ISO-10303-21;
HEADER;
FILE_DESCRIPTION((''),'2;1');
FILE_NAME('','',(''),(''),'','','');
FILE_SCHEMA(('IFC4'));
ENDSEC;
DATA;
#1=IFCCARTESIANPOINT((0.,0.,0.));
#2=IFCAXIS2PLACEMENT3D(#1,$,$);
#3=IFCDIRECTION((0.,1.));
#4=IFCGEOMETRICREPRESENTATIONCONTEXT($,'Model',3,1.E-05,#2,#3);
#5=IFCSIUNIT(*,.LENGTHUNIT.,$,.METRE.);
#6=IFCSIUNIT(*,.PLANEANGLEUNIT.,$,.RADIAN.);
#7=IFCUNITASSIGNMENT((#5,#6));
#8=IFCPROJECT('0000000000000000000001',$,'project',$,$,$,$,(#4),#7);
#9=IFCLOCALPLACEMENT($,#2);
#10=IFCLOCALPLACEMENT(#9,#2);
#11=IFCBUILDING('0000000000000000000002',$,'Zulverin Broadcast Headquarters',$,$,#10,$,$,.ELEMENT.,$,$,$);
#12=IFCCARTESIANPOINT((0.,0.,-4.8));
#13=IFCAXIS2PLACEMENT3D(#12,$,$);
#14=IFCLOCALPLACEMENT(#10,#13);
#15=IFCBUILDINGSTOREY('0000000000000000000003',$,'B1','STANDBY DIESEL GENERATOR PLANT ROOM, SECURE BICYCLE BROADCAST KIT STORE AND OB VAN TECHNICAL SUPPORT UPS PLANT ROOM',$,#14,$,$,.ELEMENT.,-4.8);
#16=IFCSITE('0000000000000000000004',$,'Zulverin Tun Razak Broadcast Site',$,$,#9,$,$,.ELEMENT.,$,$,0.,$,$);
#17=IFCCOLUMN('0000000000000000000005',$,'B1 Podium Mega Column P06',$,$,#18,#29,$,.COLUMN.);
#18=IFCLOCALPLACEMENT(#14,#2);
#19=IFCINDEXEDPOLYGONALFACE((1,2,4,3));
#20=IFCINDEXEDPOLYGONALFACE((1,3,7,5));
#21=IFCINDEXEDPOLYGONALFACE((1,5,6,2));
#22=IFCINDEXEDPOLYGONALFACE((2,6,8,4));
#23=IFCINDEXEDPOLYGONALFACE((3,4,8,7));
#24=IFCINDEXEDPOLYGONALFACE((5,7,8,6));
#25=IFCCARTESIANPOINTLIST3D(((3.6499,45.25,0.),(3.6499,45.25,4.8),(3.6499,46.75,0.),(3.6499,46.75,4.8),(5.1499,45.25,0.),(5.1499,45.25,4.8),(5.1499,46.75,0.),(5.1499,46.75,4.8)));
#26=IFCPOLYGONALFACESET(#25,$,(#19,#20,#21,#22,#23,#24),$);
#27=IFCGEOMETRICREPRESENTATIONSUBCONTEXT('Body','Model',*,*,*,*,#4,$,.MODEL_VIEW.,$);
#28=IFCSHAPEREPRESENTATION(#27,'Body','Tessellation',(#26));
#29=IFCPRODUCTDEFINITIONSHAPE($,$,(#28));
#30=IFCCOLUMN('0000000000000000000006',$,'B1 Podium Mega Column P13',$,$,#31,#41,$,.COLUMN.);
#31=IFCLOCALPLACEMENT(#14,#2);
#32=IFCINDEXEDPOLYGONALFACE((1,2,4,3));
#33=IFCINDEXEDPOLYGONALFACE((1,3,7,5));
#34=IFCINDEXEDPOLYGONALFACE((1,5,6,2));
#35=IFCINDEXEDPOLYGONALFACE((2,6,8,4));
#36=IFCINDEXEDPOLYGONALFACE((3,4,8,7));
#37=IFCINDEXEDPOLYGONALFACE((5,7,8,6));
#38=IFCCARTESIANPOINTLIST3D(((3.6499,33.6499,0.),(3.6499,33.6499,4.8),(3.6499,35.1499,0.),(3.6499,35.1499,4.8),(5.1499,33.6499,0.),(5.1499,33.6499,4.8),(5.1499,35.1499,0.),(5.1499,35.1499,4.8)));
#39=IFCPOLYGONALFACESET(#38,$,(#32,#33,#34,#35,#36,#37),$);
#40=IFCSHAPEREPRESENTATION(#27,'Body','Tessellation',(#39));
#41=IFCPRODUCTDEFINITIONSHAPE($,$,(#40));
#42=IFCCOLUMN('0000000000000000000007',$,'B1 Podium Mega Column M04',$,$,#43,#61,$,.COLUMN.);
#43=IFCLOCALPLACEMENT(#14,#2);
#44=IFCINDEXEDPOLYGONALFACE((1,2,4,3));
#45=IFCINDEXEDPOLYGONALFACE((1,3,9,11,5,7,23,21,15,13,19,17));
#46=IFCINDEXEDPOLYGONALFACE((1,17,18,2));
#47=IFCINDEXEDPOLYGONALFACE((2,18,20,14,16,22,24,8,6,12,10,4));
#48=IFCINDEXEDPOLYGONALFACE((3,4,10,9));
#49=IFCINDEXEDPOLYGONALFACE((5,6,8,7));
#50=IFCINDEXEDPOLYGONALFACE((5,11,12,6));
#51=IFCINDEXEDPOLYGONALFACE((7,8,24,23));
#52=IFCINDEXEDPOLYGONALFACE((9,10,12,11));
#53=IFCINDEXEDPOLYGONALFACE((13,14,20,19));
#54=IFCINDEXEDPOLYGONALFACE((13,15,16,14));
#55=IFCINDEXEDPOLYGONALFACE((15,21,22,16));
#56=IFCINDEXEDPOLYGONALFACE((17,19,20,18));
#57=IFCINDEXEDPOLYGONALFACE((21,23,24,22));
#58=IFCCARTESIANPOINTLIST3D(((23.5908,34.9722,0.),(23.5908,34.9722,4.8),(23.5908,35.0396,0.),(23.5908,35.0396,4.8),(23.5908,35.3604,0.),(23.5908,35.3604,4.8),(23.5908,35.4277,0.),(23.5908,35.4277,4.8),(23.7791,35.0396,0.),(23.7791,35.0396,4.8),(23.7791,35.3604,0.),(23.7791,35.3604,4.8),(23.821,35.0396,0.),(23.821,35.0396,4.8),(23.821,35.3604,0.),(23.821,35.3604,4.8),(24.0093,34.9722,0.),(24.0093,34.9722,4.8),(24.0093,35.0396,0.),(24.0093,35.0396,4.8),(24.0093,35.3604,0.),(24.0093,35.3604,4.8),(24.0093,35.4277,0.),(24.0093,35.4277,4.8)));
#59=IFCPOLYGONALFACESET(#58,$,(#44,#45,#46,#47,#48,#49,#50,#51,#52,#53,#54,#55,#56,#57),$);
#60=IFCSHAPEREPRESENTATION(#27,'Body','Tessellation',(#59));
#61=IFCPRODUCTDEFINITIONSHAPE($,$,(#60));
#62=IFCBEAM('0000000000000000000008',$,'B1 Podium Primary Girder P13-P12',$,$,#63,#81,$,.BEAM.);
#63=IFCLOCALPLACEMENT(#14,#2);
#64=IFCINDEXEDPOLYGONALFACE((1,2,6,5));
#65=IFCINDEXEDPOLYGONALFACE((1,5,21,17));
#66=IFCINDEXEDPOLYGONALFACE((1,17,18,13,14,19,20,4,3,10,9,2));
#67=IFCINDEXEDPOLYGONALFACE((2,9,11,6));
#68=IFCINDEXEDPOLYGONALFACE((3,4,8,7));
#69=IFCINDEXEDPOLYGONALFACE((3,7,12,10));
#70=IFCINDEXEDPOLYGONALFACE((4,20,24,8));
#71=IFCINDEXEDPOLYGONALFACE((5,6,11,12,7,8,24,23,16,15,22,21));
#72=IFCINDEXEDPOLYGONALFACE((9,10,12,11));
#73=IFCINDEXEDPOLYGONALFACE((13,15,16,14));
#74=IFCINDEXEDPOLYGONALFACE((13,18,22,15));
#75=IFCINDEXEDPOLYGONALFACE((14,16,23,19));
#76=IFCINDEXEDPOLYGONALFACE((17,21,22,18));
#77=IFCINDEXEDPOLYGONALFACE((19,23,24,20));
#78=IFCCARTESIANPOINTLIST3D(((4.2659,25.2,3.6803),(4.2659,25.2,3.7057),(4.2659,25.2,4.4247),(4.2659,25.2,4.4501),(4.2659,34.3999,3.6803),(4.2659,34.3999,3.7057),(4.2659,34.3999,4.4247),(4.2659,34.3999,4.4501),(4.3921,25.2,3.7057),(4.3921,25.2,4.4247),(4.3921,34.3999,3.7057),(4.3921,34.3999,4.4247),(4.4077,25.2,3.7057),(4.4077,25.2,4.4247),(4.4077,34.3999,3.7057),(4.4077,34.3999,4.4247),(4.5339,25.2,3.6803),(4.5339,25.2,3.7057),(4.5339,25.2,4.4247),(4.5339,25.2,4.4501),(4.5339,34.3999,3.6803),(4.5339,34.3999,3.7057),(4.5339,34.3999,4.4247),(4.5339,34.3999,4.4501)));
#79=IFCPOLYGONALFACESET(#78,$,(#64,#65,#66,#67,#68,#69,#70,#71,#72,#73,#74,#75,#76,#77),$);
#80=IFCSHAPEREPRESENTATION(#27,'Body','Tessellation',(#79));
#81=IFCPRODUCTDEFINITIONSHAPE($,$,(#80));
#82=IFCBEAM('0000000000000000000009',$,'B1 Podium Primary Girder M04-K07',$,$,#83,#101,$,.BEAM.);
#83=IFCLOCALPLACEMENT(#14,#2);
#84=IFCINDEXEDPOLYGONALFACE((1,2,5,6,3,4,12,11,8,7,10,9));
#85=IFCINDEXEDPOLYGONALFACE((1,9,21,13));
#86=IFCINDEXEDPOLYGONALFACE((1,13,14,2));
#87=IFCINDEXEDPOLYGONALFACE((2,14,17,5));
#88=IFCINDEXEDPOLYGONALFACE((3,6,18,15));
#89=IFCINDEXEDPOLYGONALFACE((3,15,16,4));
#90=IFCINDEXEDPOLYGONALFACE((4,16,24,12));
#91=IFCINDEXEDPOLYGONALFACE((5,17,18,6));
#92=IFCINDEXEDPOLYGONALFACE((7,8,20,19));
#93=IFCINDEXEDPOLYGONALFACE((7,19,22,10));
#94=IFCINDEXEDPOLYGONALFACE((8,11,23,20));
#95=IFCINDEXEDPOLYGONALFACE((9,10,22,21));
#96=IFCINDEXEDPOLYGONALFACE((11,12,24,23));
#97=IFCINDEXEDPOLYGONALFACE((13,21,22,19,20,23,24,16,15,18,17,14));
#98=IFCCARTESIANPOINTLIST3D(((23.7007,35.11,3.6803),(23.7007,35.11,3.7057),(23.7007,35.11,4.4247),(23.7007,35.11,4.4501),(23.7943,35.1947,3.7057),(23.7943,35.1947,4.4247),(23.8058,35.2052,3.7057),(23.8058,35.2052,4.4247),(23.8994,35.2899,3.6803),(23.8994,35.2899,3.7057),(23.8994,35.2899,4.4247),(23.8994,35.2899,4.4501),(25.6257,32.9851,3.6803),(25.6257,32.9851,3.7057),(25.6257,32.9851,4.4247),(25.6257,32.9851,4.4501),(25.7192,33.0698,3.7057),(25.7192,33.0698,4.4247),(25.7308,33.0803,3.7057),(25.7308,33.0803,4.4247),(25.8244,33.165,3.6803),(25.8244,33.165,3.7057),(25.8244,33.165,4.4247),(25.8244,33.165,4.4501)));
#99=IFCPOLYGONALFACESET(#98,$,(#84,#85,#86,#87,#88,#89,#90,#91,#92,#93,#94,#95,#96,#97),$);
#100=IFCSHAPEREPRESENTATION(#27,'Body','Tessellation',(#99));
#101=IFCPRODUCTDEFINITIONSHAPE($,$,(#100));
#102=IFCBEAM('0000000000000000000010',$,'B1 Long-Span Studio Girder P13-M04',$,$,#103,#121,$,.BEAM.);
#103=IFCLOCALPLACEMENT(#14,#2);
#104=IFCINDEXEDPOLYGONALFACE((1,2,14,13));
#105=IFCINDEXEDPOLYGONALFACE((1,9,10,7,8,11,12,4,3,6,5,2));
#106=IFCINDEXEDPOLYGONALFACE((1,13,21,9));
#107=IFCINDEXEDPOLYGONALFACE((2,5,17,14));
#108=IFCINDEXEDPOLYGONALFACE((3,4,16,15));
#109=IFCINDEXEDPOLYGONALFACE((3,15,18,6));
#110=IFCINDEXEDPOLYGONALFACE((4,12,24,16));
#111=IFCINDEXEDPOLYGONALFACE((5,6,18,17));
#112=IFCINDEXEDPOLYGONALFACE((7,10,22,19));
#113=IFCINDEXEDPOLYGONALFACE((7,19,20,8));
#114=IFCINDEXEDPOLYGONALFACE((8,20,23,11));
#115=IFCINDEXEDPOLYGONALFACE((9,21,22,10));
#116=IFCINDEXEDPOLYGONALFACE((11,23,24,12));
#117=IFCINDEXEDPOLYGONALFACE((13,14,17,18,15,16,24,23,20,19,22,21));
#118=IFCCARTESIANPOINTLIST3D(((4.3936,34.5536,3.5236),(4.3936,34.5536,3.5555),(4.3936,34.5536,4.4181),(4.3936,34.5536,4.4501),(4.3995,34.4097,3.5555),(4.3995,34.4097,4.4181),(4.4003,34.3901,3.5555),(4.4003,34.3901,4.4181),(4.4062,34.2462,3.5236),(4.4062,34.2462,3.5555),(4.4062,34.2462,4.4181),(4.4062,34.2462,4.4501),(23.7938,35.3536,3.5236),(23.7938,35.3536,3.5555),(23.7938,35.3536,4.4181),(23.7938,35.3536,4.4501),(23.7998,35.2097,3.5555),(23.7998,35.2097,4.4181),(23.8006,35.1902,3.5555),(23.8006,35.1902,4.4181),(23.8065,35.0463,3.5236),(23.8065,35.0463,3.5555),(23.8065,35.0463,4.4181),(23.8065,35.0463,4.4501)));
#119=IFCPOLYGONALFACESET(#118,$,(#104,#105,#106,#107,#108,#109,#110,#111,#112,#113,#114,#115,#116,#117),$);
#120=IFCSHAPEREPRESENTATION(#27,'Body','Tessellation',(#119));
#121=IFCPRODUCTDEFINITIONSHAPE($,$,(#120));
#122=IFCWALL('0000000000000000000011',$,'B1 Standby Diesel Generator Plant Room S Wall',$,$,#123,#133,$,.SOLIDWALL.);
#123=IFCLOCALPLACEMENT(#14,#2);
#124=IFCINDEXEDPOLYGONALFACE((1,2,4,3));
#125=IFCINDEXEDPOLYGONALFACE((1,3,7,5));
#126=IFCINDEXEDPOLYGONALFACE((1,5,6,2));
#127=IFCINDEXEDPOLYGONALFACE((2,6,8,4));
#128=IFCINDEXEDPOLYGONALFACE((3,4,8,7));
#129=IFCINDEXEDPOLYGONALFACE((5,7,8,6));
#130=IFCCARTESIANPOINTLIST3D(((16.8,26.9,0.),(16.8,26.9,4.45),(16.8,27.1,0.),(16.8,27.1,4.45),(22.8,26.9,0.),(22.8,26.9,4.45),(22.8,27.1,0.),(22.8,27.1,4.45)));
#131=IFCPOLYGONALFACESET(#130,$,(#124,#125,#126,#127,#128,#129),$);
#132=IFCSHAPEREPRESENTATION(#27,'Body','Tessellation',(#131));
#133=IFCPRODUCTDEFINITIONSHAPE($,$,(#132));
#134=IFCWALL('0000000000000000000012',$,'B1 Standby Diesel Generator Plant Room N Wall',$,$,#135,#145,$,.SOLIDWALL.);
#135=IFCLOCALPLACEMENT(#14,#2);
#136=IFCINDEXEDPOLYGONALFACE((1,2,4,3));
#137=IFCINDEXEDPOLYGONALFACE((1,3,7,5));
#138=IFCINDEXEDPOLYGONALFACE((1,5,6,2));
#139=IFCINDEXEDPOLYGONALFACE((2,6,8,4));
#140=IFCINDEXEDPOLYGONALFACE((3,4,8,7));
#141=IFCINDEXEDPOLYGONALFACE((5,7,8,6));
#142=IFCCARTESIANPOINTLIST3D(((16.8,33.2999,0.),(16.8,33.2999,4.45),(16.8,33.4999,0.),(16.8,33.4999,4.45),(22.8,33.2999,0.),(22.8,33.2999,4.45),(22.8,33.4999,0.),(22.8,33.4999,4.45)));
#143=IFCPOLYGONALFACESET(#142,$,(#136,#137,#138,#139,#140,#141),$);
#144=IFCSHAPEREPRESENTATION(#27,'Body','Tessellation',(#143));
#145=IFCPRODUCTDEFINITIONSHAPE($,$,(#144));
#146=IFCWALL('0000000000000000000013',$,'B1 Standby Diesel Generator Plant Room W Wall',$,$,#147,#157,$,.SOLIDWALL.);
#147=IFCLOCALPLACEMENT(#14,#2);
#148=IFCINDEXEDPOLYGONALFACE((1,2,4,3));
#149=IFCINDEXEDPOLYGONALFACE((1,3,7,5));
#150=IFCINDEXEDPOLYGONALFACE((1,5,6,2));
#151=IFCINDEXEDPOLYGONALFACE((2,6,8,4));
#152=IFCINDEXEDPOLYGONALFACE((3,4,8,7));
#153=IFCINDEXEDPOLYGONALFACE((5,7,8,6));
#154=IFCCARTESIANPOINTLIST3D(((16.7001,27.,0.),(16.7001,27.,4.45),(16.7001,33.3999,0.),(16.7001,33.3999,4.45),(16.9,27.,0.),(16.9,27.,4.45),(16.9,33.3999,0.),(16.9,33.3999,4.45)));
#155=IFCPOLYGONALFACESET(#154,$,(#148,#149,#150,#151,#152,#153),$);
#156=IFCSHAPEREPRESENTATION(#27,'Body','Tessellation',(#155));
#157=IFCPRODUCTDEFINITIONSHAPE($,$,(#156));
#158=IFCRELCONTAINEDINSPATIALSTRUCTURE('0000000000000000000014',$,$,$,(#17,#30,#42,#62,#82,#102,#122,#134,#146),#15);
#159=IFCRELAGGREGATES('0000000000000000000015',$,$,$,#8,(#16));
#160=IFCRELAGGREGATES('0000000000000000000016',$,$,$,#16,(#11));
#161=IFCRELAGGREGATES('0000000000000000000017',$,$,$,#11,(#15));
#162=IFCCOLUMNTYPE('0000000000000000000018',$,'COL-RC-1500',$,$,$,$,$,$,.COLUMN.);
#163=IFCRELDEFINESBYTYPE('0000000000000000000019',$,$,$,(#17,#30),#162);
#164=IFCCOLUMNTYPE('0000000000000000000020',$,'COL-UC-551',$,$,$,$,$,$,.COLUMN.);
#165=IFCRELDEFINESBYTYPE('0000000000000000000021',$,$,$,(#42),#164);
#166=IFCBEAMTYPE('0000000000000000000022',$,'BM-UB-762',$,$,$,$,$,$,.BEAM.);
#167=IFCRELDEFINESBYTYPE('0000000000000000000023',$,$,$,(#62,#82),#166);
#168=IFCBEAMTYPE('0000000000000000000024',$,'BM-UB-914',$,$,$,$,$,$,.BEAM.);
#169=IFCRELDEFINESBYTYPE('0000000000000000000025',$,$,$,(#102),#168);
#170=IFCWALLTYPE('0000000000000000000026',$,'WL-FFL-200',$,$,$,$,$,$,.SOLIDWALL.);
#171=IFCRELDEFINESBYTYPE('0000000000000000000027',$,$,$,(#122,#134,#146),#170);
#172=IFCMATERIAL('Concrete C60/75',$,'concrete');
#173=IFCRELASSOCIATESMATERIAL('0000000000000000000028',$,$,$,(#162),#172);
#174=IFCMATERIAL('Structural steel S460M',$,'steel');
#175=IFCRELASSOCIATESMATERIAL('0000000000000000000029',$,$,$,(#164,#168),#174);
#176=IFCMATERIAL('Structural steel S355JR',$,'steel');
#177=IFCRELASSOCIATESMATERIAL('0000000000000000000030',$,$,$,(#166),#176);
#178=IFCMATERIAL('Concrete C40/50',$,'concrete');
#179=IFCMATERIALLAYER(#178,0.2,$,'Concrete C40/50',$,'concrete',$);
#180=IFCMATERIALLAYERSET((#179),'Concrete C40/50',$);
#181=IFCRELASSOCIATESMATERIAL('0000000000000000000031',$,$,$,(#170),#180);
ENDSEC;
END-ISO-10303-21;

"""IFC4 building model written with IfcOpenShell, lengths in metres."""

from ifc_helpers import new_model, si_unit, direction, frame, frame_2d, origin, origin_2d, place, context, subcontext, project, spatial, rectangle, i_section, extrude, material, layer, layer_set, material_profile, profile_set, type_object, element, save


model = new_model("IFC4")

# Units and contexts
model_context = context("Model", 3, precision=1e-05, world=origin(), true_north=direction((0.0, 1.0)))
body_context = subcontext(model_context, "Body", "Model", "MODEL_VIEW")
ifc_project = project(units=[si_unit("LENGTHUNIT", "METRE"), si_unit("PLANEANGLEUNIT", "RADIAN")], contexts=[model_context])

# Site, building, storey
site_placement = place(None, origin())
site = spatial("IfcSite", under=ifc_project, at=site_placement, Name="Zulverin Tun Razak Broadcast Site", CompositionType="ELEMENT", RefElevation=0.0)
building_placement = place(site_placement, origin())
building = spatial("IfcBuilding", under=site, at=building_placement, Name="Zulverin Broadcast Headquarters", CompositionType="ELEMENT")
storey_placement = place(building_placement, frame((0.0, 0.0, -4.8)))
storey = spatial("IfcBuildingStorey", under=building, at=storey_placement, Name="B1", Description="STANDBY DIESEL GENERATOR PLANT ROOM, SECURE BICYCLE BROADCAST KIT STORE AND OB VAN TECHNICAL SUPPORT UPS PLANT ROOM", CompositionType="ELEMENT", Elevation=-4.8)

# Columns
ifc_material_1 = material(Name="Concrete C60/75", Category="concrete")
ifc_material_profile_1 = material_profile(ifc_material_1, rectangle(XDim=1.5, YDim=1.5, at=origin_2d()), Name="Concrete C60/75", Category="concrete")
ifc_profile_set_1 = profile_set([ifc_material_profile_1], Name="Concrete C60/75")
column_type_1 = type_object("IfcColumnType", Name="COL-RC-1500", PredefinedType="COLUMN", material=ifc_profile_set_1)
for number, where, z_axis, x_axis, name in (
    (1, (4.3999, 46.0, 0.0), (0.0, 0.0, 1.0), (1.0, 0.0, 0.0), "B1 Podium Mega Column P06"),
    (2, (4.3999, 34.3999, 0.0), (0.0, 0.0, 1.0), (1.0, 0.0, 0.0), "B1 Podium Mega Column P13"),
):
    element("IfcColumn", number, at=place(storey_placement, frame(where, z_axis=z_axis, x_axis=x_axis)), inside=storey, type_object=column_type_1, Name=name, PredefinedType="COLUMN", context=body_context, shape_type="SweptSolid", body=[
        extrude(rectangle(XDim=1.5, YDim=1.5, at=origin_2d()), origin(), (0.0, 0.0, 1.0), 4.8),
    ])
ifc_material_2 = material(Name="Structural steel S460M", Category="steel")
ifc_material_profile_2 = material_profile(ifc_material_2, i_section(OverallWidth=0.4185, OverallDepth=0.4556, WebThickness=0.042, FlangeThickness=0.0674, at=origin_2d()), Name="Structural steel S460M", Category="steel")
ifc_profile_set_2 = profile_set([ifc_material_profile_2], Name="Structural steel S460M")
column_type_2 = type_object("IfcColumnType", Name="COL-UC-551", PredefinedType="COLUMN", material=ifc_profile_set_2)
column_placement = place(storey_placement, frame((23.8, 35.2, 0.0), z_axis=(0.0, 0.0, 1.0), x_axis=(1.0, 0.0, 0.0)))
element("IfcColumn", 3, at=column_placement, inside=storey, type_object=column_type_2, Name="B1 Podium Mega Column M04", PredefinedType="COLUMN", context=body_context, shape_type="SweptSolid", body=[
    extrude(i_section(OverallWidth=0.4185, OverallDepth=0.4556, WebThickness=0.042, FlangeThickness=0.0674, at=origin_2d()), origin(), (0.0, 0.0, 1.0), 4.8),
])

# Beams
ifc_material_3 = material(Name="Structural steel S355JR", Category="steel")
ifc_material_profile_3 = material_profile(ifc_material_3, i_section(OverallWidth=0.2681, OverallDepth=0.7698, WebThickness=0.0156, FlangeThickness=0.0254, at=origin_2d()), Name="Structural steel S355JR", Category="steel")
ifc_profile_set_3 = profile_set([ifc_material_profile_3], Name="Structural steel S355JR")
beam_type_1 = type_object("IfcBeamType", Name="BM-UB-762", PredefinedType="BEAM", material=ifc_profile_set_3)
beam_1_placement = place(storey_placement, frame((4.3999, 34.3999, 4.0652), z_axis=(0.0, -1.0, 0.0), x_axis=(1.0, 0.0, 0.0)))
element("IfcBeam", 4, at=beam_1_placement, inside=storey, type_object=beam_type_1, Name="B1 Podium Primary Girder P13-P12", PredefinedType="BEAM", context=body_context, shape_type="SweptSolid", body=[
    extrude(i_section(OverallWidth=0.2681, OverallDepth=0.7698, WebThickness=0.0156, FlangeThickness=0.0254, at=origin_2d()), origin(), (0.0, 0.0, 1.0), 9.2),
])
beam_2_placement = place(storey_placement, frame((23.8, 35.2, 4.0652), z_axis=(0.671379, -0.741114, 0.0), x_axis=(0.741114, 0.671379, 0.0)))
element("IfcBeam", 5, at=beam_2_placement, inside=storey, type_object=beam_type_1, Name="B1 Podium Primary Girder M04-K07", PredefinedType="BEAM", context=body_context, shape_type="SweptSolid", body=[
    extrude(i_section(OverallWidth=0.2681, OverallDepth=0.7698, WebThickness=0.0156, FlangeThickness=0.0254, at=origin_2d()), origin(), (0.0, 0.0, 1.0), 2.8672),
])
ifc_material_profile_4 = material_profile(ifc_material_2, i_section(OverallWidth=0.3076, OverallDepth=0.9265, WebThickness=0.0195, FlangeThickness=0.032, at=origin_2d()), Name="Structural steel S460M", Category="steel")
ifc_profile_set_4 = profile_set([ifc_material_profile_4], Name="Structural steel S460M")
beam_type_2 = type_object("IfcBeamType", Name="BM-UB-914", PredefinedType="BEAM", material=ifc_profile_set_4)
beam_3_placement = place(storey_placement, frame((4.3999, 34.3999, 3.9868), z_axis=(0.999151, 0.041204, 0.0), x_axis=(-0.041204, 0.999151, 0.0)))
element("IfcBeam", 6, at=beam_3_placement, inside=storey, type_object=beam_type_2, Name="B1 Long-Span Studio Girder P13-M04", PredefinedType="BEAM", context=body_context, shape_type="SweptSolid", body=[
    extrude(i_section(OverallWidth=0.3076, OverallDepth=0.9265, WebThickness=0.0195, FlangeThickness=0.032, at=origin_2d()), origin(), (0.0, 0.0, 1.0), 19.4167),
])

# Walls
ifc_material_4 = material(Name="Concrete C40/50", Category="concrete")
ifc_layer_1 = layer(ifc_material_4, 0.2, Name="Concrete C40/50", Category="concrete")
ifc_layer_set_1 = layer_set([ifc_layer_1], Name="Concrete C40/50")
wall_type_1 = type_object("IfcWallType", Name="WL-FFL-200", PredefinedType="SOLIDWALL", material=ifc_layer_set_1)
for number, where, z_axis, x_axis, name in (
    (7, (16.8, 27.0, 0.0), (0.0, 0.0, 1.0), (1.0, 0.0, 0.0), "B1 Standby Diesel Generator Plant Room S Wall"),
    (8, (16.8, 33.3999, 0.0), (0.0, 0.0, 1.0), (1.0, 0.0, 0.0), "B1 Standby Diesel Generator Plant Room N Wall"),
):
    element("IfcWall", number, at=place(storey_placement, frame(where, z_axis=z_axis, x_axis=x_axis)), inside=storey, type_object=wall_type_1, Name=name, PredefinedType="SOLIDWALL", context=body_context, shape_type="SweptSolid", body=[
        extrude(rectangle(XDim=6.0, YDim=0.2, at=frame_2d((3.0, 0.0))), origin(), (0.0, 0.0, 1.0), 4.45),
    ])
wall_1_placement = place(storey_placement, frame((16.8, 27.0, 0.0), z_axis=(0.0, 0.0, 1.0), x_axis=(0.0, 1.0, 0.0)))
element("IfcWall", 9, at=wall_1_placement, inside=storey, type_object=wall_type_1, Name="B1 Standby Diesel Generator Plant Room W Wall", PredefinedType="SOLIDWALL", context=body_context, shape_type="SweptSolid", body=[
    extrude(rectangle(XDim=6.3999, YDim=0.2, at=frame_2d((3.2, 0.0))), origin(), (0.0, 0.0, 1.0), 4.45),
])

save(model, "model.ifc")
